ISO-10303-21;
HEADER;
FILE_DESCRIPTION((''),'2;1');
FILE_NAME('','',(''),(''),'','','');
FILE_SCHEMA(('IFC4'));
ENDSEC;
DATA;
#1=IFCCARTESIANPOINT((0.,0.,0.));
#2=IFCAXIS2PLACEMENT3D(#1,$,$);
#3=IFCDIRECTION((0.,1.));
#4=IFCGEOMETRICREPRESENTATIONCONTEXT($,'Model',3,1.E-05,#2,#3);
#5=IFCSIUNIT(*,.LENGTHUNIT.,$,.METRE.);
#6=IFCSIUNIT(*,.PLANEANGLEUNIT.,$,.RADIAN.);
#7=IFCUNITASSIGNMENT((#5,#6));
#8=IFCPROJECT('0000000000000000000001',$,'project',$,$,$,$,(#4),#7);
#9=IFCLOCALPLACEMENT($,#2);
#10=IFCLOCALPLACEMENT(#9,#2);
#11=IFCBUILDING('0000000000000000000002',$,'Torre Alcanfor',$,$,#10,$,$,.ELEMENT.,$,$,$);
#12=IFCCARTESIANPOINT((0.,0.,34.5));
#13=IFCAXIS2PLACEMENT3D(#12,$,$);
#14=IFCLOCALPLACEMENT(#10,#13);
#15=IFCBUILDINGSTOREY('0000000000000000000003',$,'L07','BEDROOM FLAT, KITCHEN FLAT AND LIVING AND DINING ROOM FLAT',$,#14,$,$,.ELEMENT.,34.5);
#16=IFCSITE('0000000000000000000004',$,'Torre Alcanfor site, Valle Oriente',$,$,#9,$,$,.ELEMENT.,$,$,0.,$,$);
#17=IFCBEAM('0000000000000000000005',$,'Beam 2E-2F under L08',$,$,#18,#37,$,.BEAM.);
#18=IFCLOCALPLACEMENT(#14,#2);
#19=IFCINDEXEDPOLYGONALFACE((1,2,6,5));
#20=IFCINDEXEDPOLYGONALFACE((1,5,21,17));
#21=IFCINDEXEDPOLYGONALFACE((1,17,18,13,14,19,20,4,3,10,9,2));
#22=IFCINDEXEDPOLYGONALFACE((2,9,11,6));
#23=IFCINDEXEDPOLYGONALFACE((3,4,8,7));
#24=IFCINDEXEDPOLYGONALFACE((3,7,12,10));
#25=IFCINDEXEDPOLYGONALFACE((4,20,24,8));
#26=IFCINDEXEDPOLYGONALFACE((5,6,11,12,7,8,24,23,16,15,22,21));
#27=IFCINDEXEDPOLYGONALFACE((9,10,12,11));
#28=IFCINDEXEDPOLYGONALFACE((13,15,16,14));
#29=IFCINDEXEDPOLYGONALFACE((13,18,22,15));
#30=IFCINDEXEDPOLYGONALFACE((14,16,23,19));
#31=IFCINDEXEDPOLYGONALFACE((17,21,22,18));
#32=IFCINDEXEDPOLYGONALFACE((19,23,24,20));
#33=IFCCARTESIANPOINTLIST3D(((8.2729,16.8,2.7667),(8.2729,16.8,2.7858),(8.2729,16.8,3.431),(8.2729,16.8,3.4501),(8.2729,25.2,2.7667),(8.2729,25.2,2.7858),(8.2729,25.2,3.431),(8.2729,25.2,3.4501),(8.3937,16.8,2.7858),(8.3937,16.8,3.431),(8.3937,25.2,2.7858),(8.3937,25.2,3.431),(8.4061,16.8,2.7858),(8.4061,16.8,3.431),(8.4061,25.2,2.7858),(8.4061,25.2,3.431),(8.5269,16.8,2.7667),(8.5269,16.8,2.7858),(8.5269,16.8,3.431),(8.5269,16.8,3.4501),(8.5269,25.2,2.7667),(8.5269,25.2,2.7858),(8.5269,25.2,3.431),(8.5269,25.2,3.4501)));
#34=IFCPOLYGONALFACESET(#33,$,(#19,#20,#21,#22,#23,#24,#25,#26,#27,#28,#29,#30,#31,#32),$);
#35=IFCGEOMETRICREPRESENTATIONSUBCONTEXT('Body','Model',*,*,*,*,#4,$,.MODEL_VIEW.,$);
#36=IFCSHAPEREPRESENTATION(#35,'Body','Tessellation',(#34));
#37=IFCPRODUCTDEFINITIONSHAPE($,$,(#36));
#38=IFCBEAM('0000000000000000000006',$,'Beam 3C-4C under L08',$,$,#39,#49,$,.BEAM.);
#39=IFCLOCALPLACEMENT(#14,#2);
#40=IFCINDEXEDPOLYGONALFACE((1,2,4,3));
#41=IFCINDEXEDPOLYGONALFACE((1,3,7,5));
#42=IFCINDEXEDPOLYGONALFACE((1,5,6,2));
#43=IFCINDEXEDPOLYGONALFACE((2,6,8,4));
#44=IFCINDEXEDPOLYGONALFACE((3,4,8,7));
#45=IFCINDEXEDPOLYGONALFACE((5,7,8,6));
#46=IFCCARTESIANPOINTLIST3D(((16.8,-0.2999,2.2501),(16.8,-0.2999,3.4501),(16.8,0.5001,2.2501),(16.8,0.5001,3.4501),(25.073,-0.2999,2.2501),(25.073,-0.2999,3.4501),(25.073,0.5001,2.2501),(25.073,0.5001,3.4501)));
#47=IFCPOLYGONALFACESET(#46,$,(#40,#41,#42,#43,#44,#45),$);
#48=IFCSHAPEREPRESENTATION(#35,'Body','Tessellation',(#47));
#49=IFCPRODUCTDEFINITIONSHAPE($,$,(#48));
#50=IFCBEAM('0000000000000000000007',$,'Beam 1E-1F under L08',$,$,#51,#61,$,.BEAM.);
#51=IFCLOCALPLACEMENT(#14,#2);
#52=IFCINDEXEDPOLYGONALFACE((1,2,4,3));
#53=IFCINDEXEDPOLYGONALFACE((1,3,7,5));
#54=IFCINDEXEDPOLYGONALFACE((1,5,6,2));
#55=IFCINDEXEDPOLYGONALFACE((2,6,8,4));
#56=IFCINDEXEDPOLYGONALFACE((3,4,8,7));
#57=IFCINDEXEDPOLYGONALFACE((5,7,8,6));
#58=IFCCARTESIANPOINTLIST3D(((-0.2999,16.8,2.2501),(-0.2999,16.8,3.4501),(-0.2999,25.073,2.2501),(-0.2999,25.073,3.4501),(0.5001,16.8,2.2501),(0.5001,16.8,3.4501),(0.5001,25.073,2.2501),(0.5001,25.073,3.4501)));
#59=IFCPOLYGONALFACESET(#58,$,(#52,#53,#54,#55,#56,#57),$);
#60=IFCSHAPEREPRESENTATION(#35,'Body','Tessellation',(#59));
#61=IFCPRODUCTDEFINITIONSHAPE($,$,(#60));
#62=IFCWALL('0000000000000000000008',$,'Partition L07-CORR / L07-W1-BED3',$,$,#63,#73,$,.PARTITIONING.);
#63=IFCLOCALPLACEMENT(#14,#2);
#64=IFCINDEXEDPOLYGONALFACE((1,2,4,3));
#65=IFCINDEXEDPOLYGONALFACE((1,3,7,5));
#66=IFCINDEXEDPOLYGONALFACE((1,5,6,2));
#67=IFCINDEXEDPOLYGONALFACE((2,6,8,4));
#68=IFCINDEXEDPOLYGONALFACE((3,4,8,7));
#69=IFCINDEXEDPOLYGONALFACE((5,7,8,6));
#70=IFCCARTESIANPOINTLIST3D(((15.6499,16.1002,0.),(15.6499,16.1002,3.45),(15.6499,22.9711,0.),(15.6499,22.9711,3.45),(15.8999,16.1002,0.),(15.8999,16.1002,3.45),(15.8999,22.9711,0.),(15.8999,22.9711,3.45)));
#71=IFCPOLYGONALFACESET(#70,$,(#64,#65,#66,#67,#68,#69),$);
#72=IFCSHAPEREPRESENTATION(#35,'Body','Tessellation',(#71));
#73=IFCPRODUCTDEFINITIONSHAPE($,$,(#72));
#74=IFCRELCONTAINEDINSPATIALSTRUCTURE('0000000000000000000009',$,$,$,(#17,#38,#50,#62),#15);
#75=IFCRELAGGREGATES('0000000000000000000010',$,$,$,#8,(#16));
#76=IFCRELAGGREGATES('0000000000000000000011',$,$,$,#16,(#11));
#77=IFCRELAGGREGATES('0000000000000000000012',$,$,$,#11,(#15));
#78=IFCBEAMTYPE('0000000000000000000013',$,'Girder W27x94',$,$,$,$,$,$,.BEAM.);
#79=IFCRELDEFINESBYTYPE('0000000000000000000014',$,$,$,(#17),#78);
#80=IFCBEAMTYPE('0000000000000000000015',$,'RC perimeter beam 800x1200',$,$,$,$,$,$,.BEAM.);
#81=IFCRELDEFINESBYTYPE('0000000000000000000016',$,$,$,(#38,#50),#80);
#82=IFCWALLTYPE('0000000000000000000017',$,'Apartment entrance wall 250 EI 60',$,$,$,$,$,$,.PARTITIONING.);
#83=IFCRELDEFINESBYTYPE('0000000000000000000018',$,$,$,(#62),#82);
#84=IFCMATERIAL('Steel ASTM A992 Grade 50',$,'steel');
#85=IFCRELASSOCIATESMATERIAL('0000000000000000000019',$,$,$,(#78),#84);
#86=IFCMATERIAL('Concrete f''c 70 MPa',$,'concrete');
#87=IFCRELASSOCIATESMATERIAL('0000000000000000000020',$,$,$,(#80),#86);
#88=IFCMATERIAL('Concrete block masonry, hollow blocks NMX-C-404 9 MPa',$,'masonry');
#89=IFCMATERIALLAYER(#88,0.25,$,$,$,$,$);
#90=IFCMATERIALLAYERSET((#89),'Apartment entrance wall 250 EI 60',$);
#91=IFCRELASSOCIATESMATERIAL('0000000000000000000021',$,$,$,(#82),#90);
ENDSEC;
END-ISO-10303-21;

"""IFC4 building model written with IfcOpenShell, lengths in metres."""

from ifc_helpers import new_model, si_unit, direction, frame, frame_2d, origin, origin_2d, place, context, subcontext, project, spatial, rectangle, i_section, extrude, material, layer, layer_set, material_profile, profile_set, type_object, element, save


model = new_model("IFC4")

# Units and contexts
model_context = context("Model", 3, precision=1e-05, world=origin(), true_north=direction((0.0, 1.0)))
body_context = subcontext(model_context, "Body", "Model", "MODEL_VIEW")
ifc_project = project(units=[si_unit("LENGTHUNIT", "METRE"), si_unit("PLANEANGLEUNIT", "RADIAN")], contexts=[model_context])

# Site, building, storey
site_placement = place(None, origin())
site = spatial("IfcSite", under=ifc_project, at=site_placement, Name="Torre Alcanfor site, Valle Oriente", CompositionType="ELEMENT", RefElevation=0.0)
building_placement = place(site_placement, origin())
building = spatial("IfcBuilding", under=site, at=building_placement, Name="Torre Alcanfor", CompositionType="ELEMENT")
storey_placement = place(building_placement, frame((0.0, 0.0, 34.5)))
storey = spatial("IfcBuildingStorey", under=building, at=storey_placement, Name="L07", Description="BEDROOM FLAT, KITCHEN FLAT AND LIVING AND DINING ROOM FLAT", CompositionType="ELEMENT", Elevation=34.5)

# Beams
ifc_material_1 = material(Name="Steel ASTM A992 Grade 50", Category="steel")
ifc_material_profile_1 = material_profile(ifc_material_1, i_section(OverallWidth=0.2539, OverallDepth=0.6833, WebThickness=0.0125, FlangeThickness=0.019, at=origin_2d()), Name="W27x94")
ifc_profile_set_1 = profile_set([ifc_material_profile_1], Name="Steel ASTM A992 Grade 50")
beam_type_1 = type_object("IfcBeamType", Name="Girder W27x94", PredefinedType="BEAM", material=ifc_profile_set_1)
beam_placement = place(storey_placement, frame((8.3999, 16.8, 3.1084), z_axis=(0.0, 1.0, 0.0), x_axis=(-1.0, 0.0, 0.0)))
element("IfcBeam", 1, at=beam_placement, inside=storey, type_object=beam_type_1, Name="Beam 2E-2F under L08", PredefinedType="BEAM", context=body_context, shape_type="SweptSolid", body=[
    extrude(i_section(OverallWidth=0.2539, OverallDepth=0.6833, WebThickness=0.0125, FlangeThickness=0.019, at=origin_2d()), origin(), (0.0, 0.0, 1.0), 8.3999),
])
ifc_material_2 = material(Name="Concrete f'c 70 MPa", Category="concrete")
ifc_material_profile_2 = material_profile(ifc_material_2, rectangle(XDim=0.8, YDim=1.2, at=origin_2d()), Name="800x1200")
ifc_profile_set_2 = profile_set([ifc_material_profile_2], Name="Concrete f'c 70 MPa")
beam_type_2 = type_object("IfcBeamType", Name="RC perimeter beam 800x1200", PredefinedType="BEAM", material=ifc_profile_set_2)
for number, where, z_axis, x_axis, name in (
    (2, (16.8, 0.1001, 2.8501), (1.0, 0.0, 0.0), (0.0, 1.0, 0.0), "Beam 3C-4C under L08"),
    (3, (0.1001, 16.8, 2.8501), (0.0, 1.0, 0.0), (-1.0, 0.0, 0.0), "Beam 1E-1F under L08"),
):
    element("IfcBeam", number, at=place(storey_placement, frame(where, z_axis=z_axis, x_axis=x_axis)), inside=storey, type_object=beam_type_2, Name=name, PredefinedType="BEAM", context=body_context, shape_type="SweptSolid", body=[
        extrude(rectangle(XDim=0.8, YDim=1.2, at=origin_2d()), origin(), (0.0, 0.0, 1.0), 8.2729),
    ])

# Wall
ifc_material_3 = material(Name="Concrete block masonry, hollow blocks NMX-C-404 9 MPa", Category="masonry")
ifc_layer_1 = layer(ifc_material_3, 0.25)
ifc_layer_set_1 = layer_set([ifc_layer_1], Name="Apartment entrance wall 250 EI 60")
wall_type_1 = type_object("IfcWallType", Name="Apartment entrance wall 250 EI 60", PredefinedType="PARTITIONING", material=ifc_layer_set_1)
wall_1_placement = place(storey_placement, frame((15.7749, 16.1001, 0.0), z_axis=(0.0, 0.0, 1.0), x_axis=(0.0, 1.0, 0.0)))
element("IfcWall", 4, at=wall_1_placement, inside=storey, type_object=wall_type_1, Name="Partition L07-CORR / L07-W1-BED3", PredefinedType="PARTITIONING", context=body_context, shape_type="SweptSolid", body=[
    extrude(rectangle(XDim=6.8708, YDim=0.25, at=frame_2d((3.4355, 0.0))), origin(), (0.0, 0.0, 1.0), 3.45),
])

save(model, "model.ifc")
